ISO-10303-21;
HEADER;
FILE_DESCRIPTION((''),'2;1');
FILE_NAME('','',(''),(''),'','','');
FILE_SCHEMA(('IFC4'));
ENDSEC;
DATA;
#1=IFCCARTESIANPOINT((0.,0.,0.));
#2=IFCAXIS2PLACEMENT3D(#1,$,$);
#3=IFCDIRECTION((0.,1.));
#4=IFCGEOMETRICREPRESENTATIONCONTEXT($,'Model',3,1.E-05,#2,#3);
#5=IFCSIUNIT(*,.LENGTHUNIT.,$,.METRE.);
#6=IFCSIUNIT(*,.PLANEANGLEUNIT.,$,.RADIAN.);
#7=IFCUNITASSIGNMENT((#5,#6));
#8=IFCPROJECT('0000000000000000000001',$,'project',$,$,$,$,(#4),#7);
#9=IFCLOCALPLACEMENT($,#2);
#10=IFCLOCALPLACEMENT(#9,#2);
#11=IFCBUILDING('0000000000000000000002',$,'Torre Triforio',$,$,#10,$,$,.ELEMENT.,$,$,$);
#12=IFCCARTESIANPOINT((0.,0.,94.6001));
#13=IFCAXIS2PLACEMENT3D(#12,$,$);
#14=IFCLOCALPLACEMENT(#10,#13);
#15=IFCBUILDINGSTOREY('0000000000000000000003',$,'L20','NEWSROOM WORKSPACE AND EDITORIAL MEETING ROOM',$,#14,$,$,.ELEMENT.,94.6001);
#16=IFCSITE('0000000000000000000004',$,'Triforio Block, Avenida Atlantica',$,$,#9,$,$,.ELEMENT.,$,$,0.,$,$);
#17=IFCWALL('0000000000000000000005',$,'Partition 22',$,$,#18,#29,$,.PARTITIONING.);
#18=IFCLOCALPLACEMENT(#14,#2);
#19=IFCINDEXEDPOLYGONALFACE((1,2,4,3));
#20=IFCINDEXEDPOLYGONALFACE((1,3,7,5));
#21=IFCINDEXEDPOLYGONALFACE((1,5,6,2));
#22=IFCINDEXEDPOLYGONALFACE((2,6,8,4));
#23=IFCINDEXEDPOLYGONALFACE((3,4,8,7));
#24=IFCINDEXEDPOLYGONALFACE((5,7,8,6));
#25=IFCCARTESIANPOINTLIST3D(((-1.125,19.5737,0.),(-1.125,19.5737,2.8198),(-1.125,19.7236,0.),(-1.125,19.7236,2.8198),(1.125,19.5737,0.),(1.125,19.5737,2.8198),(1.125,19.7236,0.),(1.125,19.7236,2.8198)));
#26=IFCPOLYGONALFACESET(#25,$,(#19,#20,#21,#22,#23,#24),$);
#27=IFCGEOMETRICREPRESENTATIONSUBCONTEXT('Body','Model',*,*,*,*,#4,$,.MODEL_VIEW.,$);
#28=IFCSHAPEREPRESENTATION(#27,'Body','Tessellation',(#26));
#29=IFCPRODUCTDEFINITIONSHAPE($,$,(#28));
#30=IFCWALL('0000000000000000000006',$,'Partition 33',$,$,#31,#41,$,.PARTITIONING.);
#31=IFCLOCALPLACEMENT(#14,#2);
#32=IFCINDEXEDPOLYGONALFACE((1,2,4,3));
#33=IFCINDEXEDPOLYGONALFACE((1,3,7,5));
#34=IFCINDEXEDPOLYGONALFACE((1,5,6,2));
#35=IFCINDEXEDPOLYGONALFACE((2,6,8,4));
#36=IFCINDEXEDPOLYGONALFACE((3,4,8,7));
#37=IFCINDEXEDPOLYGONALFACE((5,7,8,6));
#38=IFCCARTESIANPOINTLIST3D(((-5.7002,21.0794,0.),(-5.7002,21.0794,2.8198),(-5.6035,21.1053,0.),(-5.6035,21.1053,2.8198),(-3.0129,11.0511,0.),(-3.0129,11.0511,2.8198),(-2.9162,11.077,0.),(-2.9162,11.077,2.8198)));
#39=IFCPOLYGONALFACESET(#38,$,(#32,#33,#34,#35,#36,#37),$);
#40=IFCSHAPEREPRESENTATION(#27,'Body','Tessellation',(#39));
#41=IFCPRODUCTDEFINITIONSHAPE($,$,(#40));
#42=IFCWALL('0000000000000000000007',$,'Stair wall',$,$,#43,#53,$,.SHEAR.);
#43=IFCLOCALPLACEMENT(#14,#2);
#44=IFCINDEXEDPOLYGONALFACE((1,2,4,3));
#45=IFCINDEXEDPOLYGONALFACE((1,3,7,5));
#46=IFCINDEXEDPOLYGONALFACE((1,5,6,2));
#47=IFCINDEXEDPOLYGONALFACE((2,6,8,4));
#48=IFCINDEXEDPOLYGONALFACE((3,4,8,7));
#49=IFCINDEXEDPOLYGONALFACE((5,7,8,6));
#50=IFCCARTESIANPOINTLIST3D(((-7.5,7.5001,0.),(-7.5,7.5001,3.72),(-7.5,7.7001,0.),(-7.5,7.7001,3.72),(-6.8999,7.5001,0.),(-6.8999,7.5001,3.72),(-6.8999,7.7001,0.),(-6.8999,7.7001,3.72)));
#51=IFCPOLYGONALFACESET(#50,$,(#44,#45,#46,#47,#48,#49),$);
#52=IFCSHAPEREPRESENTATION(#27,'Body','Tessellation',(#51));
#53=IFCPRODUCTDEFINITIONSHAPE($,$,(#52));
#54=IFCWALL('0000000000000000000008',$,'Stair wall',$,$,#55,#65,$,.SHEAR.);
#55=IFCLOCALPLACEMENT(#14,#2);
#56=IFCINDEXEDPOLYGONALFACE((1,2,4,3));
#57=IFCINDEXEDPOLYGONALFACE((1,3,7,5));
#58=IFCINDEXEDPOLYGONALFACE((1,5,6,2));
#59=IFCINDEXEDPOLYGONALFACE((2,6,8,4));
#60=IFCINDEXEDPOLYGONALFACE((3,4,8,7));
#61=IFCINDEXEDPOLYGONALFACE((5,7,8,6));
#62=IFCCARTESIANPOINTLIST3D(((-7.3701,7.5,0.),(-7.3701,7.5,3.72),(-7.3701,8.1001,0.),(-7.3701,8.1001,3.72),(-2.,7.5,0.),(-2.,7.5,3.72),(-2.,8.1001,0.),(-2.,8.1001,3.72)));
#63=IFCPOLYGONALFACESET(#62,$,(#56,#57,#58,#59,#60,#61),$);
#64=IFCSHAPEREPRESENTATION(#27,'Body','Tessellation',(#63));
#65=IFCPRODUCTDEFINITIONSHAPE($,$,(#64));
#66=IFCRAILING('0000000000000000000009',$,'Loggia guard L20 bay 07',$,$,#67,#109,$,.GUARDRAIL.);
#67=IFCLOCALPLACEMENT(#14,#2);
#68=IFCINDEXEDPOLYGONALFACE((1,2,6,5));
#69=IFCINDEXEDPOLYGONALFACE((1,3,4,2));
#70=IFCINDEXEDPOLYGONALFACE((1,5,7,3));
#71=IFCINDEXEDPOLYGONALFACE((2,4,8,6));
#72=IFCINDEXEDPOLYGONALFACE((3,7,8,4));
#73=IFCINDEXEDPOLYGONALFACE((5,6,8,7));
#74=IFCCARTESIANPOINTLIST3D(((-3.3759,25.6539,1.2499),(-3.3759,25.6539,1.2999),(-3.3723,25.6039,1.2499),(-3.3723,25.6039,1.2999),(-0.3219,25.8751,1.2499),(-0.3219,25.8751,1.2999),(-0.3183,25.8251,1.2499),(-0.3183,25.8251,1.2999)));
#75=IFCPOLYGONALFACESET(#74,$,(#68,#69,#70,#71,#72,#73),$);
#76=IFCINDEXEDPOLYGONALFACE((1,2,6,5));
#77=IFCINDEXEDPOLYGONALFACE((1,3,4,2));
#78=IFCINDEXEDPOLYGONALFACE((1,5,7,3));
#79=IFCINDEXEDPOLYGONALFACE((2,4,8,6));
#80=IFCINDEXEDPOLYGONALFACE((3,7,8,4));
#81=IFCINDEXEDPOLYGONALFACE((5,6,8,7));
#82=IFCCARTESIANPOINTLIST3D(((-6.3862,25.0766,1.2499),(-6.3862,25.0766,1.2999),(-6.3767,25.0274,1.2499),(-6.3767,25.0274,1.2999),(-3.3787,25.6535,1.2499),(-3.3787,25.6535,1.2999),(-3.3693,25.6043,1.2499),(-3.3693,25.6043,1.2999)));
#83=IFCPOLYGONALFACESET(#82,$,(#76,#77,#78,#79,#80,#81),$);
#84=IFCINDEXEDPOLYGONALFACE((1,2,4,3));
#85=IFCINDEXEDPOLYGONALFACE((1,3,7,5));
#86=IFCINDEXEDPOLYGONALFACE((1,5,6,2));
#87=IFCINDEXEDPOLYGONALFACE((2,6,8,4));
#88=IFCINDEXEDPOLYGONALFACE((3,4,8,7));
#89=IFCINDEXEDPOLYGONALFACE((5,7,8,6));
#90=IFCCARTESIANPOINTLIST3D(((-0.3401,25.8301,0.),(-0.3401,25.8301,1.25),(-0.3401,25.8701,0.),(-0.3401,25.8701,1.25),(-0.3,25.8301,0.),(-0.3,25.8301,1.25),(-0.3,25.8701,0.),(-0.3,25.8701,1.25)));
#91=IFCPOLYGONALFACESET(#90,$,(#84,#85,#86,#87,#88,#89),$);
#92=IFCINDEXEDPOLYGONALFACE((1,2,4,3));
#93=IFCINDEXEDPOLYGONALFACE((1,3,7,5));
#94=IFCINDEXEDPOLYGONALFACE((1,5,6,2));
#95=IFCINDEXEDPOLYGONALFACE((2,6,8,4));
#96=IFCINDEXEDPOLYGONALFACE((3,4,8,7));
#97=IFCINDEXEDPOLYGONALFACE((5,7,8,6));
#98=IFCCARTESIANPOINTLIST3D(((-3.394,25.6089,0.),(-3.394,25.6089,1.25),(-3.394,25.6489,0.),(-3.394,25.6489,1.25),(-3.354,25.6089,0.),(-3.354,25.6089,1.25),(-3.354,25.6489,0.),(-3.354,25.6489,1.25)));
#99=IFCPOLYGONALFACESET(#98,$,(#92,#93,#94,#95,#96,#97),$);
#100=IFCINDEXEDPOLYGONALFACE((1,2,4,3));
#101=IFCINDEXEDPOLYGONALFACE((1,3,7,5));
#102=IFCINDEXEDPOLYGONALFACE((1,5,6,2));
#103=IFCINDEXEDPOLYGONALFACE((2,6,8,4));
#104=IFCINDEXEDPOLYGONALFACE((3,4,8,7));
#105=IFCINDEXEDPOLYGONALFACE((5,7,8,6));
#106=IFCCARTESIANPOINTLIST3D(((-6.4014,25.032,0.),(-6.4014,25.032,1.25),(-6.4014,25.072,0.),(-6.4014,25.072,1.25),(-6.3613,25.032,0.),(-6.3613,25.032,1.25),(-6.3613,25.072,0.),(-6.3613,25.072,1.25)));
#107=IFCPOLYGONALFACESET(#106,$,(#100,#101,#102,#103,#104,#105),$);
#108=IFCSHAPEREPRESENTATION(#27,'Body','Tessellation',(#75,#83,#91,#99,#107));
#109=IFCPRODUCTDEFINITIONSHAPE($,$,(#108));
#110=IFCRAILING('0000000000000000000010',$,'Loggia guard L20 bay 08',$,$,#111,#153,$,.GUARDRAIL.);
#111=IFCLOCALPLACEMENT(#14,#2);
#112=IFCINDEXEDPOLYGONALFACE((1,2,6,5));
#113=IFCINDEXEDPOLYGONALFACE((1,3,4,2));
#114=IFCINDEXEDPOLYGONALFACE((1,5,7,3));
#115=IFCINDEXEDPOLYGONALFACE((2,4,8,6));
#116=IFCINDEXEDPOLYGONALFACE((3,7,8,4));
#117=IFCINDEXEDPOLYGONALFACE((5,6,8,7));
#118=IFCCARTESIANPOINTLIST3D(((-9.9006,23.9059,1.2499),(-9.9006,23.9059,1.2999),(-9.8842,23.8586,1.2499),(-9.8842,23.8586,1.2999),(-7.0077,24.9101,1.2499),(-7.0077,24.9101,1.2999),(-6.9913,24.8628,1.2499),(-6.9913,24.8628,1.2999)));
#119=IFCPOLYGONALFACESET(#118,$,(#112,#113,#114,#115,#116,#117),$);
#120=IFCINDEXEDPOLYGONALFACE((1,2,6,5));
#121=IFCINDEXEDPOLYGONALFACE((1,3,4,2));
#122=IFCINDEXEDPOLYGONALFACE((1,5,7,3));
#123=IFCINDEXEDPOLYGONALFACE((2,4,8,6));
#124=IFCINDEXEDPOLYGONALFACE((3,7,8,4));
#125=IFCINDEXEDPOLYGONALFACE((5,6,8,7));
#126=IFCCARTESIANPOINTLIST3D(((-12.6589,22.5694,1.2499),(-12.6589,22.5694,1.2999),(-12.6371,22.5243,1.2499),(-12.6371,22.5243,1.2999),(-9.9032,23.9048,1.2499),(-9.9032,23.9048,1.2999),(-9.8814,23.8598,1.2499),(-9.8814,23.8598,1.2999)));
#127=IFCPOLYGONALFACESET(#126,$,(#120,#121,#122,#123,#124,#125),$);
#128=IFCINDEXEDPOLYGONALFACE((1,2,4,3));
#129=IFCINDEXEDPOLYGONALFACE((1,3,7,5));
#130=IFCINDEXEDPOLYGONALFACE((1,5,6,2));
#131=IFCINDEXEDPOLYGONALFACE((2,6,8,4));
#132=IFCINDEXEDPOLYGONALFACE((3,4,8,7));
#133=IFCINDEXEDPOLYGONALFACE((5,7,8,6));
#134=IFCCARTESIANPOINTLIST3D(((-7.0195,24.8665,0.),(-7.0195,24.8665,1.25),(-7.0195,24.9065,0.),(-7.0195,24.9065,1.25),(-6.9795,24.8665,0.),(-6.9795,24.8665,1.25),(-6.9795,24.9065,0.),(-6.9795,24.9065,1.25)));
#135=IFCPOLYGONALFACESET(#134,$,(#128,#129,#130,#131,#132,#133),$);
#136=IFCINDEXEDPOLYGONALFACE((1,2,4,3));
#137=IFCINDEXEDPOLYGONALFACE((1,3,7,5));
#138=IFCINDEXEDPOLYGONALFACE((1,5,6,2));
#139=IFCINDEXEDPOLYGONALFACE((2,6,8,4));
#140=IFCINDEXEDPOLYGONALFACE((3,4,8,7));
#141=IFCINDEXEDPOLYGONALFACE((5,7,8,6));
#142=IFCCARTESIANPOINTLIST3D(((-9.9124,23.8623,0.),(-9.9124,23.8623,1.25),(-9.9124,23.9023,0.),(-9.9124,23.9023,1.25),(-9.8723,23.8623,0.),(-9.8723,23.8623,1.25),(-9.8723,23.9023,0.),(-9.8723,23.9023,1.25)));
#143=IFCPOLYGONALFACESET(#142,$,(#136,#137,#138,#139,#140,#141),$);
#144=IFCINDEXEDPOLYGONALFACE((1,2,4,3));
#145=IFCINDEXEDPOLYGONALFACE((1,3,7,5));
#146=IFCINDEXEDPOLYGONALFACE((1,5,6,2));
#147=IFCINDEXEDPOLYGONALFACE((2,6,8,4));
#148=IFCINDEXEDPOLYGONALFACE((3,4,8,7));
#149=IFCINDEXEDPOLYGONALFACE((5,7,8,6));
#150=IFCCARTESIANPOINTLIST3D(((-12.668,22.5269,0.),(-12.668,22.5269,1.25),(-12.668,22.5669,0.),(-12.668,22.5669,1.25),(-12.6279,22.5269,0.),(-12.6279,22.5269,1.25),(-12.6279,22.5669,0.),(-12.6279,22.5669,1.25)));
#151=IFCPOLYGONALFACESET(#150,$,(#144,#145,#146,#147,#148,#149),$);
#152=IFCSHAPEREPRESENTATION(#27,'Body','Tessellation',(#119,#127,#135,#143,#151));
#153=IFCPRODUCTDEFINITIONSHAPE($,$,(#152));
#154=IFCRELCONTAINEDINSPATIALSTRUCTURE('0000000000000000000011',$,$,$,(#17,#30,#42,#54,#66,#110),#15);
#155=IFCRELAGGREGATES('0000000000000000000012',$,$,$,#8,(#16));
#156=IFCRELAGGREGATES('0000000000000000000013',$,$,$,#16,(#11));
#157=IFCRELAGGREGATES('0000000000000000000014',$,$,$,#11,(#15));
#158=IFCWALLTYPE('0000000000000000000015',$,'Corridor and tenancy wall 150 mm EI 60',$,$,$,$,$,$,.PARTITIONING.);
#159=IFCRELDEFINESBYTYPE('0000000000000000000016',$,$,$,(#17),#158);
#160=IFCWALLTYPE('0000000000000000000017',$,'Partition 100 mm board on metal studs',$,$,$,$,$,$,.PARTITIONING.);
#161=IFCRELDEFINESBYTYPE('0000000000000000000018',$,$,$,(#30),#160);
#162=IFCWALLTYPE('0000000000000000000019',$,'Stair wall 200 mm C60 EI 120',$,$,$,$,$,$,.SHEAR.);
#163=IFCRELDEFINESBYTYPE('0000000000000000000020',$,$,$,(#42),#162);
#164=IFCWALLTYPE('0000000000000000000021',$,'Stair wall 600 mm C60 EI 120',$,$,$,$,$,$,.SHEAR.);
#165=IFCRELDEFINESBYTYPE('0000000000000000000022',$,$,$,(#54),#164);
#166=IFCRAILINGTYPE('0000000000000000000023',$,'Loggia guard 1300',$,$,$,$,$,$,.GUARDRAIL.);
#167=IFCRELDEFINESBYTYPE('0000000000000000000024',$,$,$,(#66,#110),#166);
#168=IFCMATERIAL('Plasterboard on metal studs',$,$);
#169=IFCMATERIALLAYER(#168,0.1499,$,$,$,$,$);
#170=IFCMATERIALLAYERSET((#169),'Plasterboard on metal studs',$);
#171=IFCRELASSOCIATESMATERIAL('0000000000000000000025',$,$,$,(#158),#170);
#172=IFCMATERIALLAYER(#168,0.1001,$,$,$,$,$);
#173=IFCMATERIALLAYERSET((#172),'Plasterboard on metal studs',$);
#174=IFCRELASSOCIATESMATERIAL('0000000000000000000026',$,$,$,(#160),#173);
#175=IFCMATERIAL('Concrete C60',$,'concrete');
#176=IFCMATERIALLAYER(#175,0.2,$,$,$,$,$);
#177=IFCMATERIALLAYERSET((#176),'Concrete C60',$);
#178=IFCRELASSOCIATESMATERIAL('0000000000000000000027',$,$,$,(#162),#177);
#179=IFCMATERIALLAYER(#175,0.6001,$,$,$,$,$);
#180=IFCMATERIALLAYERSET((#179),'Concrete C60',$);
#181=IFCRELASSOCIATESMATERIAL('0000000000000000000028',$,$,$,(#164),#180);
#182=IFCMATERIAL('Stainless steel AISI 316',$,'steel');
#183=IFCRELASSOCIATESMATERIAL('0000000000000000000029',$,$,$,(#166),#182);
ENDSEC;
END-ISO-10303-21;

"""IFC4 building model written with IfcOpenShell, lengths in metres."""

from ifc_helpers import new_model, si_unit, direction, frame, frame_2d, origin, origin_2d, place, context, subcontext, project, spatial, rectangle, extrude, material, layer, layer_set, type_object, element, save


model = new_model("IFC4")

# Units and contexts
model_context = context("Model", 3, precision=1e-05, world=origin(), true_north=direction((0.0, 1.0)))
body_context = subcontext(model_context, "Body", "Model", "MODEL_VIEW")
ifc_project = project(units=[si_unit("LENGTHUNIT", "METRE"), si_unit("PLANEANGLEUNIT", "RADIAN")], contexts=[model_context])

# Site, building, storey
site_placement = place(None, origin())
site = spatial("IfcSite", under=ifc_project, at=site_placement, Name="Triforio Block, Avenida Atlantica", CompositionType="ELEMENT", RefElevation=0.0)
building_placement = place(site_placement, origin())
building = spatial("IfcBuilding", under=site, at=building_placement, Name="Torre Triforio", CompositionType="ELEMENT")
storey_placement = place(building_placement, frame((0.0, 0.0, 94.6001)))
storey = spatial("IfcBuildingStorey", under=building, at=storey_placement, Name="L20", Description="NEWSROOM WORKSPACE AND EDITORIAL MEETING ROOM", CompositionType="ELEMENT", Elevation=94.6001)

# Shared definitions
ifc_material_1 = material(Name="Concrete C60", Category="concrete")

# Shared definitions
ifc_material_2 = material(Name="Plasterboard on metal studs")
ifc_layer_1 = layer(ifc_material_2, 0.1499)
ifc_layer_set_1 = layer_set([ifc_layer_1], Name="Plasterboard on metal studs")
wall_type_1 = type_object("IfcWallType", Name="Corridor and tenancy wall 150 mm EI 60", PredefinedType="PARTITIONING", material=ifc_layer_set_1)

# Walls
wall_1_placement = place(storey_placement, frame((-1.125, 19.6487, 0.0), z_axis=(0.0, 0.0, 1.0), x_axis=(1.0, 0.0, 0.0)))
element("IfcWall", 1, at=wall_1_placement, inside=storey, type_object=wall_type_1, Name="Partition 22", PredefinedType="PARTITIONING", context=body_context, shape_type="SweptSolid", body=[
    extrude(rectangle(XDim=2.25, YDim=0.1499, at=frame_2d((1.125, 0.0))), origin(), (0.0, 0.0, 1.0), 2.8198),
])
ifc_layer_2 = layer(ifc_material_2, 0.1001)
ifc_layer_set_2 = layer_set([ifc_layer_2], Name="Plasterboard on metal studs")
wall_type_2 = type_object("IfcWallType", Name="Partition 100 mm board on metal studs", PredefinedType="PARTITIONING", material=ifc_layer_set_2)
wall_2_placement = place(storey_placement, frame((-2.9646, 11.0642, 0.0), z_axis=(0.0, 0.0, 1.0), x_axis=(-0.258835, 0.965922, 0.0)))
element("IfcWall", 2, at=wall_2_placement, inside=storey, type_object=wall_type_2, Name="Partition 33", PredefinedType="PARTITIONING", context=body_context, shape_type="SweptSolid", body=[
    extrude(rectangle(XDim=10.3821, YDim=0.1001, at=frame_2d((5.1909, 0.0))), origin(), (0.0, 0.0, 1.0), 2.8198),
])
ifc_layer_3 = layer(ifc_material_1, 0.2)
ifc_layer_set_3 = layer_set([ifc_layer_3], Name="Concrete C60")
wall_type_3 = type_object("IfcWallType", Name="Stair wall 200 mm C60 EI 120", PredefinedType="SHEAR", material=ifc_layer_set_3)
wall_3_placement = place(storey_placement, frame((-7.5, 7.6001, 0.0), z_axis=(0.0, 0.0, 1.0), x_axis=(1.0, 0.0, 0.0)))
element("IfcWall", 3, at=wall_3_placement, inside=storey, type_object=wall_type_3, Name="Stair wall", PredefinedType="SHEAR", context=body_context, shape_type="SweptSolid", body=[
    extrude(rectangle(XDim=0.6001, YDim=0.2, at=frame_2d((0.3, 0.0))), origin(), (0.0, 0.0, 1.0), 3.72),
])
ifc_layer_4 = layer(ifc_material_1, 0.6001)
ifc_layer_set_4 = layer_set([ifc_layer_4], Name="Concrete C60")
wall_type_4 = type_object("IfcWallType", Name="Stair wall 600 mm C60 EI 120", PredefinedType="SHEAR", material=ifc_layer_set_4)
wall_4_placement = place(storey_placement, frame((-7.3701, 7.8, 0.0), z_axis=(0.0, 0.0, 1.0), x_axis=(1.0, 0.0, 0.0)))
element("IfcWall", 4, at=wall_4_placement, inside=storey, type_object=wall_type_4, Name="Stair wall", PredefinedType="SHEAR", context=body_context, shape_type="SweptSolid", body=[
    extrude(rectangle(XDim=5.3701, YDim=0.6001, at=frame_2d((2.6851, 0.0))), origin(), (0.0, 0.0, 1.0), 3.72),
])

# Railings
ifc_material_3 = material(Name="Stainless steel AISI 316", Category="steel")
railing_type = type_object("IfcRailingType", Name="Loggia guard 1300", PredefinedType="GUARDRAIL", material=ifc_material_3)
railing_1_placement = place(storey_placement, frame((-0.3201, 25.8501, 0.0)))
element("IfcRailing", 5, at=railing_1_placement, inside=storey, type_object=railing_type, Name="Loggia guard L20 bay 07", PredefinedType="GUARDRAIL", context=body_context, shape_type="SweptSolid", body=[
    extrude(rectangle(XDim=0.05, YDim=0.05, at=origin_2d()), frame((0.0, 0.0, 1.2749), z_axis=(-0.997387, -0.072239, 0.0), x_axis=(0.072239, -0.997387, 0.0)), (0.0, 0.0, 1.0), 3.062),
    extrude(rectangle(XDim=0.05, YDim=0.05, at=origin_2d()), frame((-3.054, -0.2212, 1.2749), z_axis=(-0.982093, -0.188398, 0.0), x_axis=(0.188398, -0.982093, 0.0)), (0.0, 0.0, 1.0), 3.0623),
    extrude(rectangle(XDim=0.04, YDim=0.04, at=origin_2d()), origin(), (0.0, 0.0, 1.0), 1.25),
    extrude(rectangle(XDim=0.04, YDim=0.04, at=origin_2d()), frame((-3.054, -0.2212, 0.0)), (0.0, 0.0, 1.0), 1.25),
    extrude(rectangle(XDim=0.04, YDim=0.04, at=origin_2d()), frame((-6.0613, -0.7981, 0.0)), (0.0, 0.0, 1.0), 1.25),
])
railing_2_placement = place(storey_placement, frame((-6.9995, 24.8865, 0.0)))
element("IfcRailing", 6, at=railing_2_placement, inside=storey, type_object=railing_type, Name="Loggia guard L20 bay 08", PredefinedType="GUARDRAIL", context=body_context, shape_type="SweptSolid", body=[
    extrude(rectangle(XDim=0.05, YDim=0.05, at=origin_2d()), frame((0.0, 0.0, 1.2749), z_axis=(-0.944704, -0.327924, 0.0), x_axis=(0.327924, -0.944704, 0.0)), (0.0, 0.0, 1.0), 3.0623),
    extrude(rectangle(XDim=0.05, YDim=0.05, at=origin_2d()), frame((-2.8928, -1.0042, 1.2749), z_axis=(-0.899892, -0.436113, 0.0), x_axis=(0.436113, -0.899892, 0.0)), (0.0, 0.0, 1.0), 3.0623),
    extrude(rectangle(XDim=0.04, YDim=0.04, at=origin_2d()), origin(), (0.0, 0.0, 1.0), 1.25),
    extrude(rectangle(XDim=0.04, YDim=0.04, at=origin_2d()), frame((-2.8928, -1.0042, 0.0)), (0.0, 0.0, 1.0), 1.25),
    extrude(rectangle(XDim=0.04, YDim=0.04, at=origin_2d()), frame((-5.6484, -2.3396, 0.0)), (0.0, 0.0, 1.0), 1.25),
])

save(model, "model.ifc")
